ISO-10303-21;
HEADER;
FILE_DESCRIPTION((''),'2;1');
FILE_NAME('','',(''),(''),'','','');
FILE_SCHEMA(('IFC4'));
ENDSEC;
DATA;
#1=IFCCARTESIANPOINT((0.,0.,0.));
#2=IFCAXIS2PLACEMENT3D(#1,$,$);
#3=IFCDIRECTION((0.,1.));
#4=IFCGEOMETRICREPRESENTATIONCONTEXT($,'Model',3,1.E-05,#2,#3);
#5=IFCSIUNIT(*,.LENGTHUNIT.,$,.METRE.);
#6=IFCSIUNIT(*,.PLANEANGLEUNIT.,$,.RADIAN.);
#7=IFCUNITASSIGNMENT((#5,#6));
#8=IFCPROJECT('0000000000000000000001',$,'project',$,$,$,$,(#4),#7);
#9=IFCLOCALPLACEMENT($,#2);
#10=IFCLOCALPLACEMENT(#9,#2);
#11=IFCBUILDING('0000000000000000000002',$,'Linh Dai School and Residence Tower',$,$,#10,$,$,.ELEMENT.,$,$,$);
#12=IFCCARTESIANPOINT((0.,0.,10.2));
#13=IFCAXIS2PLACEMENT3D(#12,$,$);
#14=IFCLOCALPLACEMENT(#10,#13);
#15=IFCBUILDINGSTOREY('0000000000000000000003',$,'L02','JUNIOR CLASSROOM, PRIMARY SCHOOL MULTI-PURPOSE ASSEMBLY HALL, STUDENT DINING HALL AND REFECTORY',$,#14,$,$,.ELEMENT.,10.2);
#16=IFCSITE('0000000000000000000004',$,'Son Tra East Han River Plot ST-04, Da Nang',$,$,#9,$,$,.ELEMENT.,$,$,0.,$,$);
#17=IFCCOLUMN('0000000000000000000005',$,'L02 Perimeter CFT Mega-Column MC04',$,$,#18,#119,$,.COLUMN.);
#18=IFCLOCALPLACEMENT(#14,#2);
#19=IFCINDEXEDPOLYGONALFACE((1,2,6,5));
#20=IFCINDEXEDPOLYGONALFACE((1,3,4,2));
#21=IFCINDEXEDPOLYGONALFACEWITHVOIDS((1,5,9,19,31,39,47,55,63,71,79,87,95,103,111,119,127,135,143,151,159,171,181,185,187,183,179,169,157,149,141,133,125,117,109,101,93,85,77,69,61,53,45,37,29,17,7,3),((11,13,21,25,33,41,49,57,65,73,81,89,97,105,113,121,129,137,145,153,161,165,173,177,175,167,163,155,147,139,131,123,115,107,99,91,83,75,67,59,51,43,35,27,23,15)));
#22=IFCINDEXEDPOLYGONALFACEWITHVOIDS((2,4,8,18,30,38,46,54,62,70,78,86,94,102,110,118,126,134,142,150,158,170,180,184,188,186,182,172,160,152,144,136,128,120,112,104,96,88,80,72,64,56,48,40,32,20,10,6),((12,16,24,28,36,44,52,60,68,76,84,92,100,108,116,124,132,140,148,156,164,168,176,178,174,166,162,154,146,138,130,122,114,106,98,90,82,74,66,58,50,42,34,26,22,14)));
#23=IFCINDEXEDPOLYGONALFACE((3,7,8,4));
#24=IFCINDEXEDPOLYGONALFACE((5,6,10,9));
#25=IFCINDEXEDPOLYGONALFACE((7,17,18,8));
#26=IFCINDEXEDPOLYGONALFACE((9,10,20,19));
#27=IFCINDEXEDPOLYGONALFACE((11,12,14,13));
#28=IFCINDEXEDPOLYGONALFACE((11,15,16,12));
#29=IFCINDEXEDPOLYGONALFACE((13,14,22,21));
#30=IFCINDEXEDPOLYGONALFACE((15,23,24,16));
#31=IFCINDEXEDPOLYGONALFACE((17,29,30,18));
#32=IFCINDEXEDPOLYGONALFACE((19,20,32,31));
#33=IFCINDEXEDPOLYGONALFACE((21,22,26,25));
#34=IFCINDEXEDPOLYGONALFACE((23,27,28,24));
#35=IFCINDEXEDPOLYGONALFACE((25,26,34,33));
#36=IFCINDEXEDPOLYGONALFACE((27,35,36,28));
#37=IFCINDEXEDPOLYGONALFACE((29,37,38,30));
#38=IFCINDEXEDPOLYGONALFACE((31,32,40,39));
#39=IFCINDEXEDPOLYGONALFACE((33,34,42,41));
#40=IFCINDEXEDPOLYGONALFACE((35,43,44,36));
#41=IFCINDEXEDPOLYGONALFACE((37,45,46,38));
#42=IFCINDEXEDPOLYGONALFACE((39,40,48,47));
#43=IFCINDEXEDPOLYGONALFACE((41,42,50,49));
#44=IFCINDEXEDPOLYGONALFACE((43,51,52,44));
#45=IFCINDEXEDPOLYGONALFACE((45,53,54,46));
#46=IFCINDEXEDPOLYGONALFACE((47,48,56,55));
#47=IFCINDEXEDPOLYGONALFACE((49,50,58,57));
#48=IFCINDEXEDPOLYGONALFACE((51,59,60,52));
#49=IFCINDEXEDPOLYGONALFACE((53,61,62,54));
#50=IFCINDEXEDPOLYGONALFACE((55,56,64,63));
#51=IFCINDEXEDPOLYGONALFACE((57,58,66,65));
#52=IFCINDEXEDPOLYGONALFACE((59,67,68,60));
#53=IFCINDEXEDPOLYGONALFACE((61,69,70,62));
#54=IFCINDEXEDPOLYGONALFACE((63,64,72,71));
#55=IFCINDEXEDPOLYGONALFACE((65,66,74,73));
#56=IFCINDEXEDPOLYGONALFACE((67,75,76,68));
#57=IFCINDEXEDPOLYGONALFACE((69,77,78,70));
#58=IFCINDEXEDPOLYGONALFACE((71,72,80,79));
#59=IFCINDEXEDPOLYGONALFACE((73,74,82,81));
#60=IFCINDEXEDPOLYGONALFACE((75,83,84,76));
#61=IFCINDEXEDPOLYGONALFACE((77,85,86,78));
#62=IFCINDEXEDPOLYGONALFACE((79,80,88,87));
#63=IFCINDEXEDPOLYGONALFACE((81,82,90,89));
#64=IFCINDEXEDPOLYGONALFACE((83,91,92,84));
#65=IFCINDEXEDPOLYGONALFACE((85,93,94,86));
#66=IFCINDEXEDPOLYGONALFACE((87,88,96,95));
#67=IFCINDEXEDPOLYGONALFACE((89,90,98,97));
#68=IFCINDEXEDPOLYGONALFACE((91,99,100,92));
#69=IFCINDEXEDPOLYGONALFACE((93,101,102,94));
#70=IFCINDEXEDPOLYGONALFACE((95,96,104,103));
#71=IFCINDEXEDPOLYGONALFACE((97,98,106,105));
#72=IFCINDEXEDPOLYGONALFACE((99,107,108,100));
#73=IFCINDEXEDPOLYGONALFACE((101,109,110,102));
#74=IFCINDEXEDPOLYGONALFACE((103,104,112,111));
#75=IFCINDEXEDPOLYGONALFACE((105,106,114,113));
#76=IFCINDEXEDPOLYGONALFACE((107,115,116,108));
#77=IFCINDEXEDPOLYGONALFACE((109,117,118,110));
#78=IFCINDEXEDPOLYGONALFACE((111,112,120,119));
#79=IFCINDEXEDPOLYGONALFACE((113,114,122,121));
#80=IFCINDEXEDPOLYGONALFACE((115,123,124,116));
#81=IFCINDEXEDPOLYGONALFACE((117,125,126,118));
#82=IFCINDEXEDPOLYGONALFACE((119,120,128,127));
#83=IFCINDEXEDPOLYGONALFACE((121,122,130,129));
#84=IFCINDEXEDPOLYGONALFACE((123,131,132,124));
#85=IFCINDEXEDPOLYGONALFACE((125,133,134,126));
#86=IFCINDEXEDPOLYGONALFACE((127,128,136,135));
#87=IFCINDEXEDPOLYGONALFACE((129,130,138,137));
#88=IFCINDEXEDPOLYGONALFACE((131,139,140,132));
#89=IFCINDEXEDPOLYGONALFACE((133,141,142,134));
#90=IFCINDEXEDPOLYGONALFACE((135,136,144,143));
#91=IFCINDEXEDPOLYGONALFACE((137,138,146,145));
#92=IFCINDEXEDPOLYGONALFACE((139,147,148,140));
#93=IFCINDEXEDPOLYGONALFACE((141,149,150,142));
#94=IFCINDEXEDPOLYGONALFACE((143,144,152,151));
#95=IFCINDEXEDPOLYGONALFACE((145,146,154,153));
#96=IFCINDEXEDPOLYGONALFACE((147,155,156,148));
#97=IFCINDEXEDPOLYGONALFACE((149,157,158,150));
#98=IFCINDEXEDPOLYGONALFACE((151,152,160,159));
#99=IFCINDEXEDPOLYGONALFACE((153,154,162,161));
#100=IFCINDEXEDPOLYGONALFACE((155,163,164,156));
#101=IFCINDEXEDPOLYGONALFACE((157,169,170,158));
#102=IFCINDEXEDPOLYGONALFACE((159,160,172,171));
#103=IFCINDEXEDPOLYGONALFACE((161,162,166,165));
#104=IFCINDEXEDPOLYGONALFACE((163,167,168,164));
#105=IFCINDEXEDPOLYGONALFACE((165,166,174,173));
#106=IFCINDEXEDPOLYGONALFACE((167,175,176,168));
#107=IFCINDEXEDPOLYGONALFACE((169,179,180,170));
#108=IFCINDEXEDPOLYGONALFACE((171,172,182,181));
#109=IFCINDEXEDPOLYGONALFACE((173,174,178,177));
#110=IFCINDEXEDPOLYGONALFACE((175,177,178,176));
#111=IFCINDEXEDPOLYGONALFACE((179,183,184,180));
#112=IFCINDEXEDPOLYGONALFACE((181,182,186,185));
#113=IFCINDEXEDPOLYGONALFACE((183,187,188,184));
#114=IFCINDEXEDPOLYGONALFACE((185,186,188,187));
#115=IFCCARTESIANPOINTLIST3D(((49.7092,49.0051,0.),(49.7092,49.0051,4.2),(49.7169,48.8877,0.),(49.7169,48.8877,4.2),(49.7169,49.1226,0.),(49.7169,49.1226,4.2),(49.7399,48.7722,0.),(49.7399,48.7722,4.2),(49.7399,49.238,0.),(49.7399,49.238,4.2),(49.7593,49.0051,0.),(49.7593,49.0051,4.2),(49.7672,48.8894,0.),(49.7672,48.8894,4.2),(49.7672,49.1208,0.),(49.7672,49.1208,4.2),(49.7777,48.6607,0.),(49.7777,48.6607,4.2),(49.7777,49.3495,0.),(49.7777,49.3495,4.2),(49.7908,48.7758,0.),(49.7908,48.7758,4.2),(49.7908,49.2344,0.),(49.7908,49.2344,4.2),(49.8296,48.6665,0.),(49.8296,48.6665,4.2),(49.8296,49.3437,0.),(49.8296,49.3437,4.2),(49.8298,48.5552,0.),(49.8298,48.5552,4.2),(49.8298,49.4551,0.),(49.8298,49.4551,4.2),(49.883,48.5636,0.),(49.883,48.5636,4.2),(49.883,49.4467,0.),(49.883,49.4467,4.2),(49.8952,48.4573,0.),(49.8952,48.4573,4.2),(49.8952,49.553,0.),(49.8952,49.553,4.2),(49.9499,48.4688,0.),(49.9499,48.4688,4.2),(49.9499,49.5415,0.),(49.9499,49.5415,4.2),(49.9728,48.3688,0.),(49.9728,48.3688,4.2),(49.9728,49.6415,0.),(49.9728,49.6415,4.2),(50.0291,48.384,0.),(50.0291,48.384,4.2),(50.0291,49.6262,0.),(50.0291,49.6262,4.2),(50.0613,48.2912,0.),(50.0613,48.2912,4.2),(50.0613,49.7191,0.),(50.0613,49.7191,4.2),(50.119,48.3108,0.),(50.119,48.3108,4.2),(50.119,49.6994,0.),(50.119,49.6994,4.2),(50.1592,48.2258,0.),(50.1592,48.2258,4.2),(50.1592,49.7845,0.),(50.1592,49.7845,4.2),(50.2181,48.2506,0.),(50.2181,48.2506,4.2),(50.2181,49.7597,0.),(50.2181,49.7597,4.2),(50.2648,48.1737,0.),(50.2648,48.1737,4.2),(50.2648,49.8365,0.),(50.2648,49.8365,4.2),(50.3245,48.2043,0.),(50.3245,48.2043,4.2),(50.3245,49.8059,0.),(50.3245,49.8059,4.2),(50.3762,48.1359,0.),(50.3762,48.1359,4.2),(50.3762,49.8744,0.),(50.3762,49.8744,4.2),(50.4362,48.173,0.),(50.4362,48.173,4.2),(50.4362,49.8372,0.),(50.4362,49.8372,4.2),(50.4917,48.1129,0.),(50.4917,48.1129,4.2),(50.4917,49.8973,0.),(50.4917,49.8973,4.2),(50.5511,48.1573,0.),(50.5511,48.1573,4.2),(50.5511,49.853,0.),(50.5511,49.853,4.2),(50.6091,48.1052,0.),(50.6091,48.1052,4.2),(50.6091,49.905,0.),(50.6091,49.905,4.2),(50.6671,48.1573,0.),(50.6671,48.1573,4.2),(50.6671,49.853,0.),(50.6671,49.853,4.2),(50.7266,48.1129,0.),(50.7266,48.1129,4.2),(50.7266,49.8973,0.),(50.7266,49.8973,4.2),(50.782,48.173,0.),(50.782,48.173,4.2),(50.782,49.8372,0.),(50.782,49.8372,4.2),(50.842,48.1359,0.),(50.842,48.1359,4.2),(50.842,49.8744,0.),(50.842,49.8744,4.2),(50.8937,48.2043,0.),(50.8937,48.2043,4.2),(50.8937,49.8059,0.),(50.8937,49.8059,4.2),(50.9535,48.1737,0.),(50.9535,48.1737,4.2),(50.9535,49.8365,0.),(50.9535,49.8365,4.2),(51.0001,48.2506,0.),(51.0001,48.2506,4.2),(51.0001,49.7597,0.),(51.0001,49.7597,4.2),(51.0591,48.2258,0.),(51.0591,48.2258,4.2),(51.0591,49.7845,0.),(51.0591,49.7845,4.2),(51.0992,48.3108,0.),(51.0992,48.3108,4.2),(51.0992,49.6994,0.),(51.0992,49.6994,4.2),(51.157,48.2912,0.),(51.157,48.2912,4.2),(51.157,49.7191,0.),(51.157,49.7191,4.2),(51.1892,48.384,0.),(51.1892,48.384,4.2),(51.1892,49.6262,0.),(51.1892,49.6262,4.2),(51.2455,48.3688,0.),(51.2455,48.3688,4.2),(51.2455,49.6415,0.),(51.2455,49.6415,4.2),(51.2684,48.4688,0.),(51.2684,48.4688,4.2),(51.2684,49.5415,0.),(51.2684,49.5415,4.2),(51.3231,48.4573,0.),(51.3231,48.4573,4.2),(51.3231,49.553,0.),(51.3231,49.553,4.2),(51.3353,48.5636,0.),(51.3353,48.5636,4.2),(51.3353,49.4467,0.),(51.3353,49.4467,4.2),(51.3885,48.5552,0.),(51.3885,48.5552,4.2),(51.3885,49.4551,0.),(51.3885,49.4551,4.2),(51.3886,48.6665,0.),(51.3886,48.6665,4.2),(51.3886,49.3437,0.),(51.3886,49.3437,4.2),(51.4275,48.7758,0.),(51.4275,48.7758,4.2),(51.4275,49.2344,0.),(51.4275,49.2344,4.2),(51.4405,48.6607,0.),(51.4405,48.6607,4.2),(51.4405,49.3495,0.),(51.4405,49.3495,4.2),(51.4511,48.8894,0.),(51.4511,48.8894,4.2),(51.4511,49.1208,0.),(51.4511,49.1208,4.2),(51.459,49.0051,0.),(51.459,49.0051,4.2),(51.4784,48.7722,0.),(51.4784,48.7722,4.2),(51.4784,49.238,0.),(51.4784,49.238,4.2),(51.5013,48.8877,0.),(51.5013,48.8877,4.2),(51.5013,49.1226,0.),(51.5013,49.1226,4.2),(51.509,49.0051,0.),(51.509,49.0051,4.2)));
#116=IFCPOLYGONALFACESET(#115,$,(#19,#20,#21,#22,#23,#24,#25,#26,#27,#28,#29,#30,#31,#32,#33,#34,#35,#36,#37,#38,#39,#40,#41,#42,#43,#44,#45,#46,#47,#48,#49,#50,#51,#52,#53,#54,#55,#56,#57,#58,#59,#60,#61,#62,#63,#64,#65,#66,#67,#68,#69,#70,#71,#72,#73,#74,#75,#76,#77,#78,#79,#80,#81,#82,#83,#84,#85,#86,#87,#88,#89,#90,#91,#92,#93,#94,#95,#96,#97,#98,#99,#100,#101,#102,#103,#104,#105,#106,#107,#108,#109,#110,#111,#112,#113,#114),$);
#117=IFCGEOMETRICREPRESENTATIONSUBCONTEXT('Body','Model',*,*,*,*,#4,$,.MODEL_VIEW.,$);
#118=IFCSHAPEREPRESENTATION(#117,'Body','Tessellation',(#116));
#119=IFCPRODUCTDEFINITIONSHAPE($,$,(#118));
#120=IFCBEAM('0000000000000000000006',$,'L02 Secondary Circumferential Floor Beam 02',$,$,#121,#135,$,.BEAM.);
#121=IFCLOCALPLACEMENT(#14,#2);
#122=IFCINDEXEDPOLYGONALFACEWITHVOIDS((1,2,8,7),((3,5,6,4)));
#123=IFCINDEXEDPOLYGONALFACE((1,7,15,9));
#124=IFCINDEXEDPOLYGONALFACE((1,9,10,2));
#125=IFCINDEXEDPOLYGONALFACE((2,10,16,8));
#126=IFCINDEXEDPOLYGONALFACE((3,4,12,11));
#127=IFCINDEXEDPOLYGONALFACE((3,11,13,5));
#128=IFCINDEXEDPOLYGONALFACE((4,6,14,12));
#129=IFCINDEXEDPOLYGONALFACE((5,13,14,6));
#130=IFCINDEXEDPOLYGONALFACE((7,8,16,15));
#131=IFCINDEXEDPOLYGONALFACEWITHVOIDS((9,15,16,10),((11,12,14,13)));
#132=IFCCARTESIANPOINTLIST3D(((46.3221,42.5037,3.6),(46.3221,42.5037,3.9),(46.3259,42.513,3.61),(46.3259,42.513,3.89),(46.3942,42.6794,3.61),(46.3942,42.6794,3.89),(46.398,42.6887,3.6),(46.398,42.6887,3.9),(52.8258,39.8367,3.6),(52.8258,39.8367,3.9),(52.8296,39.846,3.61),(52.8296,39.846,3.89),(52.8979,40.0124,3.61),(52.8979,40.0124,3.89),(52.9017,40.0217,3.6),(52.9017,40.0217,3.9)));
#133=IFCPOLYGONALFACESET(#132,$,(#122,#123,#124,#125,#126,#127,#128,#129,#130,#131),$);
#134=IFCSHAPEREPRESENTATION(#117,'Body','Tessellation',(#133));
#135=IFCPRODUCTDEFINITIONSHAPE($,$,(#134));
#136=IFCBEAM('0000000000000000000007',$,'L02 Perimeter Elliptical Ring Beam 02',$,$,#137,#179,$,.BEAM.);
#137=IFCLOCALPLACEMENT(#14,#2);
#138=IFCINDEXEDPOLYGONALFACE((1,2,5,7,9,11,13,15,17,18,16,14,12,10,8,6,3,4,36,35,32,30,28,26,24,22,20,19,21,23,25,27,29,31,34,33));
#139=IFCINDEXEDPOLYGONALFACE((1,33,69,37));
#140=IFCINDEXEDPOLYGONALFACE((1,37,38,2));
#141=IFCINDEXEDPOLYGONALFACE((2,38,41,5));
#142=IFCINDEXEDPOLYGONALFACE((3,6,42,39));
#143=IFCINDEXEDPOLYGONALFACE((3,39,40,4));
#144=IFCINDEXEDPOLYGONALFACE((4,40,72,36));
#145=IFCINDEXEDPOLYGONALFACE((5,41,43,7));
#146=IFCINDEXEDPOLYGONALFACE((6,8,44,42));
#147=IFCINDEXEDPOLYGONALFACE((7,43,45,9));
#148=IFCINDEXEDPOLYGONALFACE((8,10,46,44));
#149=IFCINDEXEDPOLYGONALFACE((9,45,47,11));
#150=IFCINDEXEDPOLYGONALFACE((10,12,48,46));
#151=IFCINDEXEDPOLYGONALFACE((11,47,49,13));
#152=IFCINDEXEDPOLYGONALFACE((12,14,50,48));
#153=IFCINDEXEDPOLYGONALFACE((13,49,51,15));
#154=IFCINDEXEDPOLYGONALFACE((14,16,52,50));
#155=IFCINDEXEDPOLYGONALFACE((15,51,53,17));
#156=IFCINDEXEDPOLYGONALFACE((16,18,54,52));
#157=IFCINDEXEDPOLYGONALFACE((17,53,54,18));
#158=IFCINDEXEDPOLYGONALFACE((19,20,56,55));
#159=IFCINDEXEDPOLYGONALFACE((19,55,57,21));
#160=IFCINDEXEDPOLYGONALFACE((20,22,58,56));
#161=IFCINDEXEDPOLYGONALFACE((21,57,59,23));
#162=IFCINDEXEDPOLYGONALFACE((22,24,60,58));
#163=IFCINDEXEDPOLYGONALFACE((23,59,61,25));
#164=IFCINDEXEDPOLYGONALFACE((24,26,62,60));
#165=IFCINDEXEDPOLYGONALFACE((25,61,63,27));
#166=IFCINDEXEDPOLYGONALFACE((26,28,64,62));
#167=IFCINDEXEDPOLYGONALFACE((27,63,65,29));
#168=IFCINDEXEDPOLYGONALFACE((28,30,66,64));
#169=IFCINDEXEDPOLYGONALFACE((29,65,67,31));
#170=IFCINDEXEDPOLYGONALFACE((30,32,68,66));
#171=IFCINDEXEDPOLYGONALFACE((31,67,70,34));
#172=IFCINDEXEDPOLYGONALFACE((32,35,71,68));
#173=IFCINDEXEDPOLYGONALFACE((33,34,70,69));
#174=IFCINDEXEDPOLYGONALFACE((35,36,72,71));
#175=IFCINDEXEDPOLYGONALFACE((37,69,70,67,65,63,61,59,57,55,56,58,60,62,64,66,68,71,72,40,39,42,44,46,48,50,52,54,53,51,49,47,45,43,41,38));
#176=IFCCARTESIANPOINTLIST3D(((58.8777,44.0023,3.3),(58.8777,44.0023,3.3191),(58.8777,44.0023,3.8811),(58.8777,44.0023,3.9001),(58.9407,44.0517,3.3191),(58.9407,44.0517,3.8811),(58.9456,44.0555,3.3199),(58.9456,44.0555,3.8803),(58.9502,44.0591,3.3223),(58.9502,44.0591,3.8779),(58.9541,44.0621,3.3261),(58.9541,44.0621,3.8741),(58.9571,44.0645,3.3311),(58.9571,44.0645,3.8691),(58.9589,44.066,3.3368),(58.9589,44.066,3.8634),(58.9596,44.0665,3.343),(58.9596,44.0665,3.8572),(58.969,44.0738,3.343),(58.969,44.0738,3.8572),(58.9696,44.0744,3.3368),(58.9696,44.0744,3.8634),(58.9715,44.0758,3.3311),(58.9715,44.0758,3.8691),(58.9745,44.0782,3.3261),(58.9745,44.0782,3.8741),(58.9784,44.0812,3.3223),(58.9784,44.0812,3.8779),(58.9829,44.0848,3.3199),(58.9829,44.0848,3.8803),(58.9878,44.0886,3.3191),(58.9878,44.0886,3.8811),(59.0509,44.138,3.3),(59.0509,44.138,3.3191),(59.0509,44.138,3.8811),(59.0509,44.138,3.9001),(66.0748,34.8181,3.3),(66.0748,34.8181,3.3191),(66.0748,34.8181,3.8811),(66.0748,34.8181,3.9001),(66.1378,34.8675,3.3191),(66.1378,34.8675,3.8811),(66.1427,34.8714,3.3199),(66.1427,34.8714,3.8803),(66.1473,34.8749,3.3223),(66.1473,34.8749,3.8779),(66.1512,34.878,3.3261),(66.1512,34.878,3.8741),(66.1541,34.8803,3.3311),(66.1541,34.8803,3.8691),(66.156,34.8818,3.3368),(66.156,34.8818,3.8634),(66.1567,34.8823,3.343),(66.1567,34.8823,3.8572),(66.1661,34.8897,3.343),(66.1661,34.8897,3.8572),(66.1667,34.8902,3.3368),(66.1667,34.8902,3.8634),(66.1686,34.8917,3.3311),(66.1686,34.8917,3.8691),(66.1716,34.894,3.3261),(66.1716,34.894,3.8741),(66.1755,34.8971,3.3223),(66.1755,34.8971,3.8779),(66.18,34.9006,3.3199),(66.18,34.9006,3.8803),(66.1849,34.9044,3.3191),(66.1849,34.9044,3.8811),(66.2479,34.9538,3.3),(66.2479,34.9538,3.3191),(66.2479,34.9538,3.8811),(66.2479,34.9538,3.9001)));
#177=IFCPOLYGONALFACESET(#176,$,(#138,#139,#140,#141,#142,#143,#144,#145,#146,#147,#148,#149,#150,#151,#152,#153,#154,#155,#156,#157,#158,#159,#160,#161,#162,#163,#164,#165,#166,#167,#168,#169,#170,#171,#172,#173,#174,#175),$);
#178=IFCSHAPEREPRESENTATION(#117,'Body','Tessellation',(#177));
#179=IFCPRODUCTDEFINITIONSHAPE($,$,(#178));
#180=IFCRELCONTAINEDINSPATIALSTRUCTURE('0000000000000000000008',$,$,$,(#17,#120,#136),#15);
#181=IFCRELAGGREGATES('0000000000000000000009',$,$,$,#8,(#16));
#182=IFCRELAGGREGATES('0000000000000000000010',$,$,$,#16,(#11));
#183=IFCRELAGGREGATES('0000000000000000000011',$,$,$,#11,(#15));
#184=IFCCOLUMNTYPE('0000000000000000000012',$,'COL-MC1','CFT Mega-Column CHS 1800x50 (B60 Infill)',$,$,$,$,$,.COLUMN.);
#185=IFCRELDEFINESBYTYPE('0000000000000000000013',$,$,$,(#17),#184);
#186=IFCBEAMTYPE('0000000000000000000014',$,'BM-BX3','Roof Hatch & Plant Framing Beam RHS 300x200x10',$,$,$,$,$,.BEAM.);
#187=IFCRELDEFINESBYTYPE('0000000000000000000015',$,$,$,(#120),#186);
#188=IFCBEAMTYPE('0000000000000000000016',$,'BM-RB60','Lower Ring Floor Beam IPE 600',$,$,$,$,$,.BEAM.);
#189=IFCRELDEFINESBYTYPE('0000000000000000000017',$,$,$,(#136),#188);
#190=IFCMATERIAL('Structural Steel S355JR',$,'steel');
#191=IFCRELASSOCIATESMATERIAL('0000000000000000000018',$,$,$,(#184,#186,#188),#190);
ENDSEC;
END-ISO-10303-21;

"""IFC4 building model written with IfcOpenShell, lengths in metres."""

from ifc_helpers import new_model, si_unit, direction, frame, origin, origin_2d, place, context, subcontext, project, spatial, hollow_rectangle, hollow_circle, i_section, extrude, material, material_profile, profile_set, type_object, element, save


model = new_model("IFC4")

# Units and contexts
model_context = context("Model", 3, precision=1e-05, world=origin(), true_north=direction((0.0, 1.0)))
body_context = subcontext(model_context, "Body", "Model", "MODEL_VIEW")
ifc_project = project(units=[si_unit("LENGTHUNIT", "METRE"), si_unit("PLANEANGLEUNIT", "RADIAN")], contexts=[model_context])

# Site, building, storey
site_placement = place(None, origin())
site = spatial("IfcSite", under=ifc_project, at=site_placement, Name="Son Tra East Han River Plot ST-04, Da Nang", CompositionType="ELEMENT", RefElevation=0.0)
building_placement = place(site_placement, origin())
building = spatial("IfcBuilding", under=site, at=building_placement, Name="Linh Dai School and Residence Tower", CompositionType="ELEMENT")
storey_placement = place(building_placement, frame((0.0, 0.0, 10.2)))
storey = spatial("IfcBuildingStorey", under=building, at=storey_placement, Name="L02", Description="JUNIOR CLASSROOM, PRIMARY SCHOOL MULTI-PURPOSE ASSEMBLY HALL, STUDENT DINING HALL AND REFECTORY", CompositionType="ELEMENT", Elevation=10.2)

# Column
ifc_material_1 = material(Name="Structural Steel S355JR", Category="steel")
ifc_material_profile_1 = material_profile(ifc_material_1, hollow_circle(Radius=0.8999, WallThickness=0.05, at=origin_2d()), Name="CHS 1800x50")
ifc_profile_set_1 = profile_set([ifc_material_profile_1], Name="Structural Steel S355JR")
column_type_1 = type_object("IfcColumnType", Name="COL-MC1", Description="CFT Mega-Column CHS 1800x50 (B60 Infill)", PredefinedType="COLUMN", material=ifc_profile_set_1)
for number, where, z_axis, x_axis, name in (
    (1, (50.6091, 49.0051, 0.0), (0.0, 0.0, 1.0), (1.0, 0.0, 0.0), "L02 Perimeter CFT Mega-Column MC04"),
):
    element("IfcColumn", number, at=place(storey_placement, frame(where, z_axis=z_axis, x_axis=x_axis)), inside=storey, type_object=column_type_1, Name=name, PredefinedType="COLUMN", context=body_context, shape_type="SweptSolid", body=[
        extrude(hollow_circle(Radius=0.8999, WallThickness=0.05, at=origin_2d()), origin(), (0.0, 0.0, 1.0), 4.2),
    ])

# Beams
ifc_material_profile_2 = material_profile(ifc_material_1, hollow_rectangle(XDim=0.2, YDim=0.3, WallThickness=0.01, at=origin_2d()), Name="RHS 300x200x10")
ifc_profile_set_2 = profile_set([ifc_material_profile_2], Name="Structural Steel S355JR")
beam_type_1 = type_object("IfcBeamType", Name="BM-BX3", Description="Roof Hatch & Plant Framing Beam RHS 300x200x10", PredefinedType="BEAM", material=ifc_profile_set_2)
beam_1_placement = place(storey_placement, frame((52.8638, 39.9292, 3.75), z_axis=(-0.925227, 0.379413, 0.0), x_axis=(-0.379413, -0.925227, 0.0)))
element("IfcBeam", 2, at=beam_1_placement, inside=storey, type_object=beam_type_1, Name="L02 Secondary Circumferential Floor Beam 02", PredefinedType="BEAM", context=body_context, shape_type="SweptSolid", body=[
    extrude(hollow_rectangle(XDim=0.2, YDim=0.3, WallThickness=0.01, at=origin_2d()), origin(), (0.0, 0.0, 1.0), 7.0293),
])
ifc_material_profile_3 = material_profile(ifc_material_1, i_section(OverallWidth=0.22, OverallDepth=0.6001, WebThickness=0.012, FlangeThickness=0.019, FilletRadius=0.0239, at=origin_2d()), Name="IPE 600")
ifc_profile_set_3 = profile_set([ifc_material_profile_3], Name="Structural Steel S355JR")
beam_type_2 = type_object("IfcBeamType", Name="BM-RB60", Description="Lower Ring Floor Beam IPE 600", PredefinedType="BEAM", material=ifc_profile_set_3)
beam_2_placement = place(storey_placement, frame((66.1614, 34.886, 3.6001), z_axis=(-0.616812, 0.787111, 0.0), x_axis=(-0.787111, -0.616812, 0.0)))
element("IfcBeam", 3, at=beam_2_placement, inside=storey, type_object=beam_type_2, Name="L02 Perimeter Elliptical Ring Beam 02", PredefinedType="BEAM", context=body_context, shape_type="SweptSolid", body=[
    extrude(i_section(OverallWidth=0.22, OverallDepth=0.6001, WebThickness=0.012, FlangeThickness=0.019, FilletRadius=0.0239, at=origin_2d()), origin(), (0.0, 0.0, 1.0), 11.6682),
])

save(model, "model.ifc")
